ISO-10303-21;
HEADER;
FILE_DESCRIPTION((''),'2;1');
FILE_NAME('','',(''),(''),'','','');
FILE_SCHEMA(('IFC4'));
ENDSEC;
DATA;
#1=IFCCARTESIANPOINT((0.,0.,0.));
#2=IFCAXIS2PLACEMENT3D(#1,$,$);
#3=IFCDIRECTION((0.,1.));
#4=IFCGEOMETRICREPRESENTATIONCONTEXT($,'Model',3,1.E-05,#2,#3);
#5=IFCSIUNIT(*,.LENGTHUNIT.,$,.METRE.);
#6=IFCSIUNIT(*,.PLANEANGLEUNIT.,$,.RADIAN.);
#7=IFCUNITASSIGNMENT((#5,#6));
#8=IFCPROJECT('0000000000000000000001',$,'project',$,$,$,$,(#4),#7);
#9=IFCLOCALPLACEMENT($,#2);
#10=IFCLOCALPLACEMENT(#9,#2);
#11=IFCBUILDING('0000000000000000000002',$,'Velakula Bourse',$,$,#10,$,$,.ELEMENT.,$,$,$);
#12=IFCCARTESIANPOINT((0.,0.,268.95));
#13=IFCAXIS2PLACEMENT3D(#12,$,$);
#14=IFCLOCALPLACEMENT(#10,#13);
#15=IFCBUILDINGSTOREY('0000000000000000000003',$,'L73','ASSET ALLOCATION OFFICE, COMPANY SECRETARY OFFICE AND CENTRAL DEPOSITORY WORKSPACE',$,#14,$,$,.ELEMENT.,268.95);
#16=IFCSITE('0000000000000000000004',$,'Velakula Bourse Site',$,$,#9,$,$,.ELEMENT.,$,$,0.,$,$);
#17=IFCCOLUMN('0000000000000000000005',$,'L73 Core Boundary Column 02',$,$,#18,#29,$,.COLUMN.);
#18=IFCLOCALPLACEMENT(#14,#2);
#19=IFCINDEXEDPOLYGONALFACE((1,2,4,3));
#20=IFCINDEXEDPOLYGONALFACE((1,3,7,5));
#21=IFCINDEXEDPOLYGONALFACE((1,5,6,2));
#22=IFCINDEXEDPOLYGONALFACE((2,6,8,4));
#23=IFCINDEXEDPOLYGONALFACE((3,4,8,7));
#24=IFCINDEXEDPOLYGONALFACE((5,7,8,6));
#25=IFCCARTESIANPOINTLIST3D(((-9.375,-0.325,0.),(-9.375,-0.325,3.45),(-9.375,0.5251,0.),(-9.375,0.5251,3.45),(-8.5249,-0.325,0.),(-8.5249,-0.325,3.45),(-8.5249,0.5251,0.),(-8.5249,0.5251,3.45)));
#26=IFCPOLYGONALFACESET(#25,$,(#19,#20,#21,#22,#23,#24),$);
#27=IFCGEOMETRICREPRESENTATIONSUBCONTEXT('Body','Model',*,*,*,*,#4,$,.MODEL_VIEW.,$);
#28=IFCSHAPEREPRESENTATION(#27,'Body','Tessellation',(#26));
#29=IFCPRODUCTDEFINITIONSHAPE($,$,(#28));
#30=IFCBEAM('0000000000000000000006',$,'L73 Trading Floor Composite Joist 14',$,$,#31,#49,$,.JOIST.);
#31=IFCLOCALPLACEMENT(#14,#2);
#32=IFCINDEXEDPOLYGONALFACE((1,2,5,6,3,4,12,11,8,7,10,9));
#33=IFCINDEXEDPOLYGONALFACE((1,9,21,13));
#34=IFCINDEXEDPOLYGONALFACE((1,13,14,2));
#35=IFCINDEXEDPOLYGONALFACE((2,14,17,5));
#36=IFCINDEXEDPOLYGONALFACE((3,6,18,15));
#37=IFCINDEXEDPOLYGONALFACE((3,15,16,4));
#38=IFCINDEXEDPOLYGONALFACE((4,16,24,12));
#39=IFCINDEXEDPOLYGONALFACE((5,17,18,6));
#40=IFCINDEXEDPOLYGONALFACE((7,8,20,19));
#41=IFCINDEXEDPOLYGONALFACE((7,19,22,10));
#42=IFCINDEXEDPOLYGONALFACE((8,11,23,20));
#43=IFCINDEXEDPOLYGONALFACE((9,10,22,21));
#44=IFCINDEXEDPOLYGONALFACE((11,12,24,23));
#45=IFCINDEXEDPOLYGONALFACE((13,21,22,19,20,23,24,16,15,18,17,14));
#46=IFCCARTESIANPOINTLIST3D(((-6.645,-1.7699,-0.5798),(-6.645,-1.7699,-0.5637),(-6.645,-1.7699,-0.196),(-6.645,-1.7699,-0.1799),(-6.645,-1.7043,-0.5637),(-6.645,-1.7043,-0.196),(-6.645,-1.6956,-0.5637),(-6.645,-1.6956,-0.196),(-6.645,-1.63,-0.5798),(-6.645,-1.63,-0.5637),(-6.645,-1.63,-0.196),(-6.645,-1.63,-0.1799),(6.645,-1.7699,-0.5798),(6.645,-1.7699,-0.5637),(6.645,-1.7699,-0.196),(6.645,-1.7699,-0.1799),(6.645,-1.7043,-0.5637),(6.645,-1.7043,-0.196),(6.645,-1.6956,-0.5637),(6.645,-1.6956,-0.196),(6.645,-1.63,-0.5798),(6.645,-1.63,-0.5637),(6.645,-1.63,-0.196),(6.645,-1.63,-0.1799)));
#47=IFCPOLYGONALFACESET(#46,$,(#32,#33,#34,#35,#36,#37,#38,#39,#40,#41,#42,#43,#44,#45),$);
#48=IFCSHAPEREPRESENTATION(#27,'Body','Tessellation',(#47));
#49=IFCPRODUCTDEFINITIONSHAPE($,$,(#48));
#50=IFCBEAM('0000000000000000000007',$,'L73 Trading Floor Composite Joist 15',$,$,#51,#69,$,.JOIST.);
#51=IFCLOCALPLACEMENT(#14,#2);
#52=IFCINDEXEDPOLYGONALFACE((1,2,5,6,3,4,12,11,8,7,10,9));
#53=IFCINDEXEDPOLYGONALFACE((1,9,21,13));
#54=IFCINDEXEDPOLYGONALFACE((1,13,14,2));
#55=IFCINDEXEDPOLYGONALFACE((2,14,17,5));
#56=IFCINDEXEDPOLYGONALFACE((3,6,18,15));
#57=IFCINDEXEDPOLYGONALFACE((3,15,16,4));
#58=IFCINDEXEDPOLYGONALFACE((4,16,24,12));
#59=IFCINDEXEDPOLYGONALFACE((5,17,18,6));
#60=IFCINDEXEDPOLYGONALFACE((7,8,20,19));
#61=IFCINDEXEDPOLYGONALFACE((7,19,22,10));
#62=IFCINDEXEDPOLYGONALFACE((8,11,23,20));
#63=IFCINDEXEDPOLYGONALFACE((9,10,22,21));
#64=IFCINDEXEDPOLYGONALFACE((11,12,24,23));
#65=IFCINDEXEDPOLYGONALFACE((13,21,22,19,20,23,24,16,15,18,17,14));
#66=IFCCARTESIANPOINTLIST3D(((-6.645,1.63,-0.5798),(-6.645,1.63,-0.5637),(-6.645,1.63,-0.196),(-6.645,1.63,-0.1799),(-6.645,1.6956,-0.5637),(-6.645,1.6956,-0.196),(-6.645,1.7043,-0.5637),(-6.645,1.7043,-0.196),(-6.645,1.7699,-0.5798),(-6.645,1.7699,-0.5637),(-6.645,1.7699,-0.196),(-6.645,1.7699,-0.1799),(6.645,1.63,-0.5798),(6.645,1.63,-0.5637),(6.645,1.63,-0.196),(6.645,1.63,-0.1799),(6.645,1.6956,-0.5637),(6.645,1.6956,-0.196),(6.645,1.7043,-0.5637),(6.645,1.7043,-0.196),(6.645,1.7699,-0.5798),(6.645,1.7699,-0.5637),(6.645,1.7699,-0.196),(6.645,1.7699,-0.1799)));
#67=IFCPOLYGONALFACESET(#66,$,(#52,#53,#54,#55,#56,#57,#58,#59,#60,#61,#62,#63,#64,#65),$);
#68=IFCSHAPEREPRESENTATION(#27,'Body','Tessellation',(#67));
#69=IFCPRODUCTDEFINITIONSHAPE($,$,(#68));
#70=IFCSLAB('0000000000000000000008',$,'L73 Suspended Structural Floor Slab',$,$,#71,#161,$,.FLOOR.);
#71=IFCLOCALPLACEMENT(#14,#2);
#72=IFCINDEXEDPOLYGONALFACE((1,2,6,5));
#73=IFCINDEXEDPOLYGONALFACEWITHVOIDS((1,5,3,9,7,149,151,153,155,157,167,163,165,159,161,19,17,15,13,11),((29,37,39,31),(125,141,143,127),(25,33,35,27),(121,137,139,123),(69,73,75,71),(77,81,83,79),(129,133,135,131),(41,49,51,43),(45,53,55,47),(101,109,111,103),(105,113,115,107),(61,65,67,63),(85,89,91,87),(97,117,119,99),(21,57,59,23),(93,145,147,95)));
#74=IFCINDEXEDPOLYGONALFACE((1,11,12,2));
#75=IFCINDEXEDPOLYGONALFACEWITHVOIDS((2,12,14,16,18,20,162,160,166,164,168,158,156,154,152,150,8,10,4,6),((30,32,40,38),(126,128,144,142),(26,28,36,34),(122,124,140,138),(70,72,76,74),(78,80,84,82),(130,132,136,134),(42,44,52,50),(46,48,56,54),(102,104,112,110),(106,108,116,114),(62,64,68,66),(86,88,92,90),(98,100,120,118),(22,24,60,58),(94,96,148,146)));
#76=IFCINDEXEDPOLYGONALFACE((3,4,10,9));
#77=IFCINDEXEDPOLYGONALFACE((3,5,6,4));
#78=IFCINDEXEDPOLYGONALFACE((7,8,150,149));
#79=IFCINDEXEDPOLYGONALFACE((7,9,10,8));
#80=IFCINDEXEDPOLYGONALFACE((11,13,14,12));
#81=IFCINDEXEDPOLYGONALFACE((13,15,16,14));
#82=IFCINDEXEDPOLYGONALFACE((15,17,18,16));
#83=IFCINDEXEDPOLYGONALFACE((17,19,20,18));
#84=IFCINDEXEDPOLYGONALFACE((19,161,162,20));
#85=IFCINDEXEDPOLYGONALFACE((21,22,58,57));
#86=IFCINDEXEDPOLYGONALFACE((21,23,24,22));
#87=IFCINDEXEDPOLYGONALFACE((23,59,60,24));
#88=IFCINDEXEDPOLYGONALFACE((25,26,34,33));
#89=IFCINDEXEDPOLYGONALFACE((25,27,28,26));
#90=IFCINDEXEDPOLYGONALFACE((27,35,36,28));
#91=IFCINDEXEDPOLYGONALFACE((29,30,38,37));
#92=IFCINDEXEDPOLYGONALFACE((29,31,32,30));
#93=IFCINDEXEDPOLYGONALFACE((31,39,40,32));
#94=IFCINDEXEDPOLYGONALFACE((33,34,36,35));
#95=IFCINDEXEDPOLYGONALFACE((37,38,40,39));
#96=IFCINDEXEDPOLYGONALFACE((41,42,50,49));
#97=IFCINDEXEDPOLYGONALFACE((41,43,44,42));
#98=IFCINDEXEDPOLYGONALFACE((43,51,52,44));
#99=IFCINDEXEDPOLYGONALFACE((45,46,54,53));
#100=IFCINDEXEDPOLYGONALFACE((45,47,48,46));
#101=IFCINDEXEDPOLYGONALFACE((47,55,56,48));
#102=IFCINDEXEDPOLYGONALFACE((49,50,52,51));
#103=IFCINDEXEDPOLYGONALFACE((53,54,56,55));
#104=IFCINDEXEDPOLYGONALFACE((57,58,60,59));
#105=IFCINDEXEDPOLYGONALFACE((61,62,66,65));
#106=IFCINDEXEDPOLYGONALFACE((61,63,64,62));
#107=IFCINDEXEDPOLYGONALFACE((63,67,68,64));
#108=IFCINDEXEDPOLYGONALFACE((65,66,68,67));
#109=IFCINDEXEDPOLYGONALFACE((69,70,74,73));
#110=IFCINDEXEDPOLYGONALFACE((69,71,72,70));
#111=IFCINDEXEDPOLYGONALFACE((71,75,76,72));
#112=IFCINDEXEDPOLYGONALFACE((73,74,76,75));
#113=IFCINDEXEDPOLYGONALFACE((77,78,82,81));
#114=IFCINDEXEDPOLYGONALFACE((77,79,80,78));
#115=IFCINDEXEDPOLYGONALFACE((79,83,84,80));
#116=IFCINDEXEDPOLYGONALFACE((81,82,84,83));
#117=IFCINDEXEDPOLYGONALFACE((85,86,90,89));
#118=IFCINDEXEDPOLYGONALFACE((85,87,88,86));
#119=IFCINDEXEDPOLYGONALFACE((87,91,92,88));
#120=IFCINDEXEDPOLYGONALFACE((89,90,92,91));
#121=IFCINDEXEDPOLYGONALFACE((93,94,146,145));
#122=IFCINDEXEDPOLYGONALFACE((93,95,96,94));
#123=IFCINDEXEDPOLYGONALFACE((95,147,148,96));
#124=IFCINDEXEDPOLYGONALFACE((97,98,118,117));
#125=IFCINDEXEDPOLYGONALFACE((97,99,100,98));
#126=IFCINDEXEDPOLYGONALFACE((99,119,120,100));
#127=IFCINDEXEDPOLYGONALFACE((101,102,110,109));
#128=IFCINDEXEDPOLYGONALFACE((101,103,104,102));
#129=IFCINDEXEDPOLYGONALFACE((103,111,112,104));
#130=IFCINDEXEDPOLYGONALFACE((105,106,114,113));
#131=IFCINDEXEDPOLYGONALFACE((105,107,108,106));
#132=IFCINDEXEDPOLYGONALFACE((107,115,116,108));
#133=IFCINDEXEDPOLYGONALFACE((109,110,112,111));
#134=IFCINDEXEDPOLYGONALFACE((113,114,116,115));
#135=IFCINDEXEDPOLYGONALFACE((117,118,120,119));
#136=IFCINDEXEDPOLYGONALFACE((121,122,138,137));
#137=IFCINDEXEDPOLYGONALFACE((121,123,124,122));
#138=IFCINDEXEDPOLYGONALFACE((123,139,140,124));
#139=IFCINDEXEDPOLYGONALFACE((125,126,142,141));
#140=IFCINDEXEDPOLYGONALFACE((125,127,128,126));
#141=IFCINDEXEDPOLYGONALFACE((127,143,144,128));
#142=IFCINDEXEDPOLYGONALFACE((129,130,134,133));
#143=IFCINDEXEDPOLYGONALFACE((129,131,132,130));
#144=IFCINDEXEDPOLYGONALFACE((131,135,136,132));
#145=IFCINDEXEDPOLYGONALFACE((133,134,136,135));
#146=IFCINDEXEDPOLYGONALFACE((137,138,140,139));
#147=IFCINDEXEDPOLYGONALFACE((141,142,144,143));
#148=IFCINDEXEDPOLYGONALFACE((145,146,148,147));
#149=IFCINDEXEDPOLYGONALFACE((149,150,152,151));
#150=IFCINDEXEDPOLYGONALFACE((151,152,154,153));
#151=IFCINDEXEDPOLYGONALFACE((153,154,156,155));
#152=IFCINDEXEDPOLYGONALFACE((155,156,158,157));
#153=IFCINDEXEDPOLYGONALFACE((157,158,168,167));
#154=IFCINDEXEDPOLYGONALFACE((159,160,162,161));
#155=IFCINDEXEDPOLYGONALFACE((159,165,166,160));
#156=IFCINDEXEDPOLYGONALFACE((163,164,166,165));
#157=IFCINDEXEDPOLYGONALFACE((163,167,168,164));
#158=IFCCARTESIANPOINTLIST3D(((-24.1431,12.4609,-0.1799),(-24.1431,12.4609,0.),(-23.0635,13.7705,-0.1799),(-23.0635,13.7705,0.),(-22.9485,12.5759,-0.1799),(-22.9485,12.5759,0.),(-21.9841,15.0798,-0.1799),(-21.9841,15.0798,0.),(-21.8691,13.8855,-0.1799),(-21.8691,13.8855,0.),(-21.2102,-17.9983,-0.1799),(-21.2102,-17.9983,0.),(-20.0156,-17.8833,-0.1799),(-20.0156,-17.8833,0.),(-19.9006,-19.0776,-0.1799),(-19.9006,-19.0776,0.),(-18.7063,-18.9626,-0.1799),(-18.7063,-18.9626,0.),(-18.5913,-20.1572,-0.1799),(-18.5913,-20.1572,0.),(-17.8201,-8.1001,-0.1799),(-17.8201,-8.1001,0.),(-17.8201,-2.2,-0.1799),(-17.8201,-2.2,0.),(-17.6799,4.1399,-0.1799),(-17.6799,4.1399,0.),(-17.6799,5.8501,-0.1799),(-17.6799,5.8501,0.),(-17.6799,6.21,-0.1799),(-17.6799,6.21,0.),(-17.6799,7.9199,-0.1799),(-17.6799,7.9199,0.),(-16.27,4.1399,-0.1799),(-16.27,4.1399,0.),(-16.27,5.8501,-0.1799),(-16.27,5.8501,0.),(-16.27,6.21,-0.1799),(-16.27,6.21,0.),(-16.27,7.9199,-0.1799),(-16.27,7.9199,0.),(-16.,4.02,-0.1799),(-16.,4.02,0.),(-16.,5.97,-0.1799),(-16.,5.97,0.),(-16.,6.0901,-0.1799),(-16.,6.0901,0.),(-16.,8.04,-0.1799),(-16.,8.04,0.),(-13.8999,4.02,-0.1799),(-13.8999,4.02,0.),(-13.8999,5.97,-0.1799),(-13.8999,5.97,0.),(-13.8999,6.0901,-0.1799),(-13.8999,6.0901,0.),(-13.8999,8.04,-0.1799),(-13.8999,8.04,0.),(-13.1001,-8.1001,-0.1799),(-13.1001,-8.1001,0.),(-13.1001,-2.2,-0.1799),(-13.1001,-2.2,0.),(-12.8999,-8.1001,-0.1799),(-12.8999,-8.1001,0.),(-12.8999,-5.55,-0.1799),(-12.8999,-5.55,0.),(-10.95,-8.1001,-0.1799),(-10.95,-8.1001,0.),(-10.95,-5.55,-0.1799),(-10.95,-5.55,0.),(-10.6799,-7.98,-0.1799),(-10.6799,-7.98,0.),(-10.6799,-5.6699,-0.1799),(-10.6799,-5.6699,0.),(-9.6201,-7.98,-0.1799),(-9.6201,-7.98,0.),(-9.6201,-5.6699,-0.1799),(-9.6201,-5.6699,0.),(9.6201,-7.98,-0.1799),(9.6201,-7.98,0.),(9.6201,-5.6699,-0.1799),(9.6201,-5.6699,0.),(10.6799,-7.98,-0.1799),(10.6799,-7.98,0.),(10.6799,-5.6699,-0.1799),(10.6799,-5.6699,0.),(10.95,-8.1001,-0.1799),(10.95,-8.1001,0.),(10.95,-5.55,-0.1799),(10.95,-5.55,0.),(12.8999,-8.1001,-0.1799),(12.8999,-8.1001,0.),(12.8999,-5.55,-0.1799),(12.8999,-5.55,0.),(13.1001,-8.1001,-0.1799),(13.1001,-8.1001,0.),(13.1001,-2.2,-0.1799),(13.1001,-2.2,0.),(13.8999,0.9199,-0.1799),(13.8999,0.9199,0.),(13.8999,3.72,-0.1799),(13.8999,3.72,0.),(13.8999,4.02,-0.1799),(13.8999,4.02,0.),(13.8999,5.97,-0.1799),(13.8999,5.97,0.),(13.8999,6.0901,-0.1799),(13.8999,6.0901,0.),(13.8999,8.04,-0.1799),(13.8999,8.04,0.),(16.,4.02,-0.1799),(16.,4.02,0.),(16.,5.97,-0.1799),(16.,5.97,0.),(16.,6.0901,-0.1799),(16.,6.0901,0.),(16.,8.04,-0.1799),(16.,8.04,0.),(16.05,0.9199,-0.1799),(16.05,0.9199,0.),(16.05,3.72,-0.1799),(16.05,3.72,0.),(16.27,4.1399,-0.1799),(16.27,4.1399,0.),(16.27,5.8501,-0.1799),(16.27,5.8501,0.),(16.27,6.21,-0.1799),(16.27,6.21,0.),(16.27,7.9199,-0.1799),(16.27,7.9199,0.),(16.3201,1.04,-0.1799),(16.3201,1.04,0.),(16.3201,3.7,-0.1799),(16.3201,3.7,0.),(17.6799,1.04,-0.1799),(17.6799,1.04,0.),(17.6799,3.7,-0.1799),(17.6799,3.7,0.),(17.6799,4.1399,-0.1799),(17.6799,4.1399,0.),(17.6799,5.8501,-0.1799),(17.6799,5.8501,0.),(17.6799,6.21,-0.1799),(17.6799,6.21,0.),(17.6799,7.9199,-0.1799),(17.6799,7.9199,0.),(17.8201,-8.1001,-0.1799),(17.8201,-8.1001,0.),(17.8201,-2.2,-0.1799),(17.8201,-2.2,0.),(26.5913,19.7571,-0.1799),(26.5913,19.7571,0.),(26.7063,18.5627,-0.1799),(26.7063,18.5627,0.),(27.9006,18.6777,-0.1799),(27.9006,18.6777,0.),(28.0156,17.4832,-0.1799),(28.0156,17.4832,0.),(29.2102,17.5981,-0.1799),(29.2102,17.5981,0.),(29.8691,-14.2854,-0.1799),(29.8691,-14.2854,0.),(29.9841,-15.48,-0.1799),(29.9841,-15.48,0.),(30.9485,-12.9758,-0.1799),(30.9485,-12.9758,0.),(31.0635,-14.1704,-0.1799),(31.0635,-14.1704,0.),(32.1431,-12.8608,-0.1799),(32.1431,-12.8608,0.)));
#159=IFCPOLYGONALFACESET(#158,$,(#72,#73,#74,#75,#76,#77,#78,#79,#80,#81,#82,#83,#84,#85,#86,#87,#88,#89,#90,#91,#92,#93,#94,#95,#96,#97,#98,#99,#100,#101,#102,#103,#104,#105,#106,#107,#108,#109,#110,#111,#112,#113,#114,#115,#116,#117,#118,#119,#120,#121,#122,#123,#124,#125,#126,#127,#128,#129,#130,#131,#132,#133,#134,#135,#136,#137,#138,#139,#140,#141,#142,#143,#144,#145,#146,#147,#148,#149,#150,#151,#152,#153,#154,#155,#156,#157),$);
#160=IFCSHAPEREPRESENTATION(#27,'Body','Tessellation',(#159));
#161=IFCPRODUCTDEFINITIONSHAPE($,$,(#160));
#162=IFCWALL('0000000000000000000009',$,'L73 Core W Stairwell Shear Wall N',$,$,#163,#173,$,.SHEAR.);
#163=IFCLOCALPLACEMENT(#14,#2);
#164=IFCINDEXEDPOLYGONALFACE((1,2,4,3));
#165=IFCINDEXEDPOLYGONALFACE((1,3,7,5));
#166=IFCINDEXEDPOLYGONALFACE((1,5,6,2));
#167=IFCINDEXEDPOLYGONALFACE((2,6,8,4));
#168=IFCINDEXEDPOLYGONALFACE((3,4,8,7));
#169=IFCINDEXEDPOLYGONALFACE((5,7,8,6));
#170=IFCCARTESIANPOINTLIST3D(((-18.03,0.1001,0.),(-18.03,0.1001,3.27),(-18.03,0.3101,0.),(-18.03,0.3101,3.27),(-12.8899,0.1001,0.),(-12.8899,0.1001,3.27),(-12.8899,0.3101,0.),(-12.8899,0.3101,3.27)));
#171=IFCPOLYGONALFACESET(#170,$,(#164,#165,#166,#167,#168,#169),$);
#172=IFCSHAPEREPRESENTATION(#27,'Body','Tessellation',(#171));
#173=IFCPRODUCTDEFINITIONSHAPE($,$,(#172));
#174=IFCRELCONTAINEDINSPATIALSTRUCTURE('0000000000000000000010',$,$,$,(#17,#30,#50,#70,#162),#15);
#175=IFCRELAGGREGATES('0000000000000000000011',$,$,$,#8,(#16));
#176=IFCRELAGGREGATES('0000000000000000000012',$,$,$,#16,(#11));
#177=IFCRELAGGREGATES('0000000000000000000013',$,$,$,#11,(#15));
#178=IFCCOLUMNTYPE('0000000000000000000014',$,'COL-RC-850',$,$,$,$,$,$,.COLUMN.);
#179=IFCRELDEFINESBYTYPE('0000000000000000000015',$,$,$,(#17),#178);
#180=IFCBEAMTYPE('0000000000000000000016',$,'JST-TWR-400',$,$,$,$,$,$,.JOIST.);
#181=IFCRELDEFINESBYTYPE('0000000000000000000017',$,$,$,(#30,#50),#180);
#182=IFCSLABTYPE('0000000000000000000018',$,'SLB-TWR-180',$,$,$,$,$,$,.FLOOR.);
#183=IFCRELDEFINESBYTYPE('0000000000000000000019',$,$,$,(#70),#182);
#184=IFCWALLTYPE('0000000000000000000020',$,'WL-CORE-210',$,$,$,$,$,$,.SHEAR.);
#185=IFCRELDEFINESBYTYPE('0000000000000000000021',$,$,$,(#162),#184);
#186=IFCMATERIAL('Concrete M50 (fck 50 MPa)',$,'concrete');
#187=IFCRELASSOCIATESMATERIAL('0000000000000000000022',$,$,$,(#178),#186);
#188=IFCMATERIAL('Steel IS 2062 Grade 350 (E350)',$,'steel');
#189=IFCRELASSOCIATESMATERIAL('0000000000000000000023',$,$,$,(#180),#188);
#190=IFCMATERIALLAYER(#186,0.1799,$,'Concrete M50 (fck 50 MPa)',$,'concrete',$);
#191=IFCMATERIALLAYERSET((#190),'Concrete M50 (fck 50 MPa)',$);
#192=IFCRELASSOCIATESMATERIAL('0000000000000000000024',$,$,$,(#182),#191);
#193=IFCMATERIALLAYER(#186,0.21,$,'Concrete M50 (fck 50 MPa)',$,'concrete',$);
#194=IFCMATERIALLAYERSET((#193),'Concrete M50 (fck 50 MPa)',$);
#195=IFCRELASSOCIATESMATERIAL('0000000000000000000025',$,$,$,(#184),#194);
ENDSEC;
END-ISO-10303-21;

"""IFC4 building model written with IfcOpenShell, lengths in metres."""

from ifc_helpers import new_model, si_unit, direction, frame, frame_2d, origin, origin_2d, place, context, subcontext, project, spatial, polyline, rectangle, i_section, outline, extrude, material, layer, layer_set, material_profile, profile_set, type_object, element, save


model = new_model("IFC4")

# Units and contexts
model_context = context("Model", 3, precision=1e-05, world=origin(), true_north=direction((0.0, 1.0)))
body_context = subcontext(model_context, "Body", "Model", "MODEL_VIEW")
ifc_project = project(units=[si_unit("LENGTHUNIT", "METRE"), si_unit("PLANEANGLEUNIT", "RADIAN")], contexts=[model_context])

# Site, building, storey
site_placement = place(None, origin())
site = spatial("IfcSite", under=ifc_project, at=site_placement, Name="Velakula Bourse Site", CompositionType="ELEMENT", RefElevation=0.0)
building_placement = place(site_placement, origin())
building = spatial("IfcBuilding", under=site, at=building_placement, Name="Velakula Bourse", CompositionType="ELEMENT")
storey_placement = place(building_placement, frame((0.0, 0.0, 268.95)))
storey = spatial("IfcBuildingStorey", under=building, at=storey_placement, Name="L73", Description="ASSET ALLOCATION OFFICE, COMPANY SECRETARY OFFICE AND CENTRAL DEPOSITORY WORKSPACE", CompositionType="ELEMENT", Elevation=268.95)

# Column
ifc_material_1 = material(Name="Concrete M50 (fck 50 MPa)", Category="concrete")
ifc_material_profile_1 = material_profile(ifc_material_1, rectangle(XDim=0.8501, YDim=0.8501, at=origin_2d()), Name="Concrete M50 (fck 50 MPa)")
ifc_profile_set_1 = profile_set([ifc_material_profile_1], Name="Concrete M50 (fck 50 MPa)")
column_type = type_object("IfcColumnType", Name="COL-RC-850", PredefinedType="COLUMN", material=ifc_profile_set_1)
column_placement = place(storey_placement, frame((-8.95, 0.1001, 0.0), z_axis=(0.0, 0.0, 1.0), x_axis=(1.0, 0.0, 0.0)))
element("IfcColumn", 1, at=column_placement, inside=storey, type_object=column_type, Name="L73 Core Boundary Column 02", PredefinedType="COLUMN", context=body_context, shape_type="SweptSolid", body=[
    extrude(rectangle(XDim=0.8501, YDim=0.8501, at=origin_2d()), origin(), (0.0, 0.0, 1.0), 3.45),
])

# Beams
ifc_material_2 = material(Name="Steel IS 2062 Grade 350 (E350)", Category="steel")
ifc_material_profile_2 = material_profile(ifc_material_2, i_section(OverallWidth=0.1399, OverallDepth=0.3999, WebThickness=0.0088, FlangeThickness=0.0161, at=origin_2d()), Name="Steel IS 2062 Grade 350 (E350)")
ifc_profile_set_2 = profile_set([ifc_material_profile_2], Name="Steel IS 2062 Grade 350 (E350)")
beam_type = type_object("IfcBeamType", Name="JST-TWR-400", PredefinedType="JOIST", material=ifc_profile_set_2)
for number, where, z_axis, x_axis, name in (
    (2, (-6.645, -1.7, -0.3799), (1.0, 0.0, 0.0), (0.0, 1.0, 0.0), "L73 Trading Floor Composite Joist 14"),
    (3, (-6.645, 1.7, -0.3799), (1.0, 0.0, 0.0), (0.0, 1.0, 0.0), "L73 Trading Floor Composite Joist 15"),
):
    element("IfcBeam", number, at=place(storey_placement, frame(where, z_axis=z_axis, x_axis=x_axis)), inside=storey, type_object=beam_type, Name=name, PredefinedType="JOIST", context=body_context, shape_type="SweptSolid", body=[
        extrude(i_section(OverallWidth=0.1399, OverallDepth=0.3999, WebThickness=0.0088, FlangeThickness=0.0161, at=origin_2d()), origin(), (0.0, 0.0, 1.0), 13.29),
    ])

# Slab
ifc_layer_1 = layer(ifc_material_1, 0.1799, Name="Concrete M50 (fck 50 MPa)", Category="concrete")
ifc_layer_set_1 = layer_set([ifc_layer_1], Name="Concrete M50 (fck 50 MPa)")
slab_type = type_object("IfcSlabType", Name="SLB-TWR-180", PredefinedType="FLOOR", material=ifc_layer_set_1)
slab_placement = place(storey_placement, frame((0.0, 0.0, -0.1799)))
element("IfcSlab", 4, at=slab_placement, inside=storey, type_object=slab_type, Name="L73 Suspended Structural Floor Slab", PredefinedType="FLOOR", context=body_context, shape_type="SweptSolid", body=[
    extrude(outline(polyline([(-18.5913, -20.1572), (29.9841, -15.48), (29.8691, -14.2854), (31.0635, -14.1704), (30.9485, -12.9758), (32.1431, -12.8608), (29.2102, 17.5981), (28.0156, 17.4832), (27.9006, 18.6777), (26.7063, 18.5627), (26.5913, 19.7571), (-21.9841, 15.0798), (-21.8691, 13.8855), (-23.0635, 13.7705), (-22.9485, 12.5759), (-24.1431, 12.4609), (-21.2102, -17.9983), (-20.0156, -17.8833), (-19.9006, -19.0776), (-18.7063, -18.9626), (-18.5913, -20.1572)]), holes=[polyline([(-17.8201, -8.1001), (-13.1001, -8.1001), (-13.1001, -2.2), (-17.8201, -2.2), (-17.8201, -8.1001)]), polyline([(13.1001, -8.1001), (17.8201, -8.1001), (17.8201, -2.2), (13.1001, -2.2), (13.1001, -8.1001)]), polyline([(-12.8999, -8.1001), (-10.95, -8.1001), (-10.95, -5.55), (-12.8999, -5.55), (-12.8999, -8.1001)]), polyline([(10.95, -8.1001), (12.8999, -8.1001), (12.8999, -5.55), (10.95, -5.55), (10.95, -8.1001)]), polyline([(13.8999, 0.9199), (16.05, 0.9199), (16.05, 3.72), (13.8999, 3.72), (13.8999, 0.9199)]), polyline([(-10.6799, -7.98), (-9.6201, -7.98), (-9.6201, -5.6699), (-10.6799, -5.6699), (-10.6799, -7.98)]), polyline([(-17.6799, 4.1399), (-16.27, 4.1399), (-16.27, 5.8501), (-17.6799, 5.8501), (-17.6799, 4.1399)]), polyline([(-17.6799, 6.21), (-16.27, 6.21), (-16.27, 7.9199), (-17.6799, 7.9199), (-17.6799, 6.21)]), polyline([(9.6201, -7.98), (10.6799, -7.98), (10.6799, -5.6699), (9.6201, -5.6699), (9.6201, -7.98)]), polyline([(16.27, 4.1399), (17.6799, 4.1399), (17.6799, 5.8501), (16.27, 5.8501), (16.27, 4.1399)]), polyline([(16.27, 6.21), (17.6799, 6.21), (17.6799, 7.9199), (16.27, 7.9199), (16.27, 6.21)]), polyline([(16.3201, 1.04), (17.6799, 1.04), (17.6799, 3.7), (16.3201, 3.7), (16.3201, 1.04)]), polyline([(-16.0, 4.02), (-13.8999, 4.02), (-13.8999, 5.97), (-16.0, 5.97), (-16.0, 4.02)]), polyline([(-16.0, 6.0901), (-13.8999, 6.0901), (-13.8999, 8.04), (-16.0, 8.04), (-16.0, 6.0901)]), polyline([(13.8999, 4.02), (16.0, 4.02), (16.0, 5.97), (13.8999, 5.97), (13.8999, 4.02)]), polyline([(13.8999, 6.0901), (16.0, 6.0901), (16.0, 8.04), (13.8999, 8.04), (13.8999, 6.0901)])]), origin(), (0.0, 0.0, 1.0), 0.1799),
])

# Wall
ifc_layer_2 = layer(ifc_material_1, 0.21, Name="Concrete M50 (fck 50 MPa)", Category="concrete")
ifc_layer_set_2 = layer_set([ifc_layer_2], Name="Concrete M50 (fck 50 MPa)")
wall_type_1 = type_object("IfcWallType", Name="WL-CORE-210", PredefinedType="SHEAR", material=ifc_layer_set_2)
wall_1_placement = place(storey_placement, frame((-12.8899, 0.2051, 0.0), z_axis=(0.0, 0.0, 1.0), x_axis=(-1.0, 0.0, 0.0)))
element("IfcWall", 5, at=wall_1_placement, inside=storey, type_object=wall_type_1, Name="L73 Core W Stairwell Shear Wall N", PredefinedType="SHEAR", context=body_context, shape_type="SweptSolid", body=[
    extrude(rectangle(XDim=5.1401, YDim=0.21, at=frame_2d((2.5701, 0.0))), origin(), (0.0, 0.0, 1.0), 3.27),
])

save(model, "model.ifc")
